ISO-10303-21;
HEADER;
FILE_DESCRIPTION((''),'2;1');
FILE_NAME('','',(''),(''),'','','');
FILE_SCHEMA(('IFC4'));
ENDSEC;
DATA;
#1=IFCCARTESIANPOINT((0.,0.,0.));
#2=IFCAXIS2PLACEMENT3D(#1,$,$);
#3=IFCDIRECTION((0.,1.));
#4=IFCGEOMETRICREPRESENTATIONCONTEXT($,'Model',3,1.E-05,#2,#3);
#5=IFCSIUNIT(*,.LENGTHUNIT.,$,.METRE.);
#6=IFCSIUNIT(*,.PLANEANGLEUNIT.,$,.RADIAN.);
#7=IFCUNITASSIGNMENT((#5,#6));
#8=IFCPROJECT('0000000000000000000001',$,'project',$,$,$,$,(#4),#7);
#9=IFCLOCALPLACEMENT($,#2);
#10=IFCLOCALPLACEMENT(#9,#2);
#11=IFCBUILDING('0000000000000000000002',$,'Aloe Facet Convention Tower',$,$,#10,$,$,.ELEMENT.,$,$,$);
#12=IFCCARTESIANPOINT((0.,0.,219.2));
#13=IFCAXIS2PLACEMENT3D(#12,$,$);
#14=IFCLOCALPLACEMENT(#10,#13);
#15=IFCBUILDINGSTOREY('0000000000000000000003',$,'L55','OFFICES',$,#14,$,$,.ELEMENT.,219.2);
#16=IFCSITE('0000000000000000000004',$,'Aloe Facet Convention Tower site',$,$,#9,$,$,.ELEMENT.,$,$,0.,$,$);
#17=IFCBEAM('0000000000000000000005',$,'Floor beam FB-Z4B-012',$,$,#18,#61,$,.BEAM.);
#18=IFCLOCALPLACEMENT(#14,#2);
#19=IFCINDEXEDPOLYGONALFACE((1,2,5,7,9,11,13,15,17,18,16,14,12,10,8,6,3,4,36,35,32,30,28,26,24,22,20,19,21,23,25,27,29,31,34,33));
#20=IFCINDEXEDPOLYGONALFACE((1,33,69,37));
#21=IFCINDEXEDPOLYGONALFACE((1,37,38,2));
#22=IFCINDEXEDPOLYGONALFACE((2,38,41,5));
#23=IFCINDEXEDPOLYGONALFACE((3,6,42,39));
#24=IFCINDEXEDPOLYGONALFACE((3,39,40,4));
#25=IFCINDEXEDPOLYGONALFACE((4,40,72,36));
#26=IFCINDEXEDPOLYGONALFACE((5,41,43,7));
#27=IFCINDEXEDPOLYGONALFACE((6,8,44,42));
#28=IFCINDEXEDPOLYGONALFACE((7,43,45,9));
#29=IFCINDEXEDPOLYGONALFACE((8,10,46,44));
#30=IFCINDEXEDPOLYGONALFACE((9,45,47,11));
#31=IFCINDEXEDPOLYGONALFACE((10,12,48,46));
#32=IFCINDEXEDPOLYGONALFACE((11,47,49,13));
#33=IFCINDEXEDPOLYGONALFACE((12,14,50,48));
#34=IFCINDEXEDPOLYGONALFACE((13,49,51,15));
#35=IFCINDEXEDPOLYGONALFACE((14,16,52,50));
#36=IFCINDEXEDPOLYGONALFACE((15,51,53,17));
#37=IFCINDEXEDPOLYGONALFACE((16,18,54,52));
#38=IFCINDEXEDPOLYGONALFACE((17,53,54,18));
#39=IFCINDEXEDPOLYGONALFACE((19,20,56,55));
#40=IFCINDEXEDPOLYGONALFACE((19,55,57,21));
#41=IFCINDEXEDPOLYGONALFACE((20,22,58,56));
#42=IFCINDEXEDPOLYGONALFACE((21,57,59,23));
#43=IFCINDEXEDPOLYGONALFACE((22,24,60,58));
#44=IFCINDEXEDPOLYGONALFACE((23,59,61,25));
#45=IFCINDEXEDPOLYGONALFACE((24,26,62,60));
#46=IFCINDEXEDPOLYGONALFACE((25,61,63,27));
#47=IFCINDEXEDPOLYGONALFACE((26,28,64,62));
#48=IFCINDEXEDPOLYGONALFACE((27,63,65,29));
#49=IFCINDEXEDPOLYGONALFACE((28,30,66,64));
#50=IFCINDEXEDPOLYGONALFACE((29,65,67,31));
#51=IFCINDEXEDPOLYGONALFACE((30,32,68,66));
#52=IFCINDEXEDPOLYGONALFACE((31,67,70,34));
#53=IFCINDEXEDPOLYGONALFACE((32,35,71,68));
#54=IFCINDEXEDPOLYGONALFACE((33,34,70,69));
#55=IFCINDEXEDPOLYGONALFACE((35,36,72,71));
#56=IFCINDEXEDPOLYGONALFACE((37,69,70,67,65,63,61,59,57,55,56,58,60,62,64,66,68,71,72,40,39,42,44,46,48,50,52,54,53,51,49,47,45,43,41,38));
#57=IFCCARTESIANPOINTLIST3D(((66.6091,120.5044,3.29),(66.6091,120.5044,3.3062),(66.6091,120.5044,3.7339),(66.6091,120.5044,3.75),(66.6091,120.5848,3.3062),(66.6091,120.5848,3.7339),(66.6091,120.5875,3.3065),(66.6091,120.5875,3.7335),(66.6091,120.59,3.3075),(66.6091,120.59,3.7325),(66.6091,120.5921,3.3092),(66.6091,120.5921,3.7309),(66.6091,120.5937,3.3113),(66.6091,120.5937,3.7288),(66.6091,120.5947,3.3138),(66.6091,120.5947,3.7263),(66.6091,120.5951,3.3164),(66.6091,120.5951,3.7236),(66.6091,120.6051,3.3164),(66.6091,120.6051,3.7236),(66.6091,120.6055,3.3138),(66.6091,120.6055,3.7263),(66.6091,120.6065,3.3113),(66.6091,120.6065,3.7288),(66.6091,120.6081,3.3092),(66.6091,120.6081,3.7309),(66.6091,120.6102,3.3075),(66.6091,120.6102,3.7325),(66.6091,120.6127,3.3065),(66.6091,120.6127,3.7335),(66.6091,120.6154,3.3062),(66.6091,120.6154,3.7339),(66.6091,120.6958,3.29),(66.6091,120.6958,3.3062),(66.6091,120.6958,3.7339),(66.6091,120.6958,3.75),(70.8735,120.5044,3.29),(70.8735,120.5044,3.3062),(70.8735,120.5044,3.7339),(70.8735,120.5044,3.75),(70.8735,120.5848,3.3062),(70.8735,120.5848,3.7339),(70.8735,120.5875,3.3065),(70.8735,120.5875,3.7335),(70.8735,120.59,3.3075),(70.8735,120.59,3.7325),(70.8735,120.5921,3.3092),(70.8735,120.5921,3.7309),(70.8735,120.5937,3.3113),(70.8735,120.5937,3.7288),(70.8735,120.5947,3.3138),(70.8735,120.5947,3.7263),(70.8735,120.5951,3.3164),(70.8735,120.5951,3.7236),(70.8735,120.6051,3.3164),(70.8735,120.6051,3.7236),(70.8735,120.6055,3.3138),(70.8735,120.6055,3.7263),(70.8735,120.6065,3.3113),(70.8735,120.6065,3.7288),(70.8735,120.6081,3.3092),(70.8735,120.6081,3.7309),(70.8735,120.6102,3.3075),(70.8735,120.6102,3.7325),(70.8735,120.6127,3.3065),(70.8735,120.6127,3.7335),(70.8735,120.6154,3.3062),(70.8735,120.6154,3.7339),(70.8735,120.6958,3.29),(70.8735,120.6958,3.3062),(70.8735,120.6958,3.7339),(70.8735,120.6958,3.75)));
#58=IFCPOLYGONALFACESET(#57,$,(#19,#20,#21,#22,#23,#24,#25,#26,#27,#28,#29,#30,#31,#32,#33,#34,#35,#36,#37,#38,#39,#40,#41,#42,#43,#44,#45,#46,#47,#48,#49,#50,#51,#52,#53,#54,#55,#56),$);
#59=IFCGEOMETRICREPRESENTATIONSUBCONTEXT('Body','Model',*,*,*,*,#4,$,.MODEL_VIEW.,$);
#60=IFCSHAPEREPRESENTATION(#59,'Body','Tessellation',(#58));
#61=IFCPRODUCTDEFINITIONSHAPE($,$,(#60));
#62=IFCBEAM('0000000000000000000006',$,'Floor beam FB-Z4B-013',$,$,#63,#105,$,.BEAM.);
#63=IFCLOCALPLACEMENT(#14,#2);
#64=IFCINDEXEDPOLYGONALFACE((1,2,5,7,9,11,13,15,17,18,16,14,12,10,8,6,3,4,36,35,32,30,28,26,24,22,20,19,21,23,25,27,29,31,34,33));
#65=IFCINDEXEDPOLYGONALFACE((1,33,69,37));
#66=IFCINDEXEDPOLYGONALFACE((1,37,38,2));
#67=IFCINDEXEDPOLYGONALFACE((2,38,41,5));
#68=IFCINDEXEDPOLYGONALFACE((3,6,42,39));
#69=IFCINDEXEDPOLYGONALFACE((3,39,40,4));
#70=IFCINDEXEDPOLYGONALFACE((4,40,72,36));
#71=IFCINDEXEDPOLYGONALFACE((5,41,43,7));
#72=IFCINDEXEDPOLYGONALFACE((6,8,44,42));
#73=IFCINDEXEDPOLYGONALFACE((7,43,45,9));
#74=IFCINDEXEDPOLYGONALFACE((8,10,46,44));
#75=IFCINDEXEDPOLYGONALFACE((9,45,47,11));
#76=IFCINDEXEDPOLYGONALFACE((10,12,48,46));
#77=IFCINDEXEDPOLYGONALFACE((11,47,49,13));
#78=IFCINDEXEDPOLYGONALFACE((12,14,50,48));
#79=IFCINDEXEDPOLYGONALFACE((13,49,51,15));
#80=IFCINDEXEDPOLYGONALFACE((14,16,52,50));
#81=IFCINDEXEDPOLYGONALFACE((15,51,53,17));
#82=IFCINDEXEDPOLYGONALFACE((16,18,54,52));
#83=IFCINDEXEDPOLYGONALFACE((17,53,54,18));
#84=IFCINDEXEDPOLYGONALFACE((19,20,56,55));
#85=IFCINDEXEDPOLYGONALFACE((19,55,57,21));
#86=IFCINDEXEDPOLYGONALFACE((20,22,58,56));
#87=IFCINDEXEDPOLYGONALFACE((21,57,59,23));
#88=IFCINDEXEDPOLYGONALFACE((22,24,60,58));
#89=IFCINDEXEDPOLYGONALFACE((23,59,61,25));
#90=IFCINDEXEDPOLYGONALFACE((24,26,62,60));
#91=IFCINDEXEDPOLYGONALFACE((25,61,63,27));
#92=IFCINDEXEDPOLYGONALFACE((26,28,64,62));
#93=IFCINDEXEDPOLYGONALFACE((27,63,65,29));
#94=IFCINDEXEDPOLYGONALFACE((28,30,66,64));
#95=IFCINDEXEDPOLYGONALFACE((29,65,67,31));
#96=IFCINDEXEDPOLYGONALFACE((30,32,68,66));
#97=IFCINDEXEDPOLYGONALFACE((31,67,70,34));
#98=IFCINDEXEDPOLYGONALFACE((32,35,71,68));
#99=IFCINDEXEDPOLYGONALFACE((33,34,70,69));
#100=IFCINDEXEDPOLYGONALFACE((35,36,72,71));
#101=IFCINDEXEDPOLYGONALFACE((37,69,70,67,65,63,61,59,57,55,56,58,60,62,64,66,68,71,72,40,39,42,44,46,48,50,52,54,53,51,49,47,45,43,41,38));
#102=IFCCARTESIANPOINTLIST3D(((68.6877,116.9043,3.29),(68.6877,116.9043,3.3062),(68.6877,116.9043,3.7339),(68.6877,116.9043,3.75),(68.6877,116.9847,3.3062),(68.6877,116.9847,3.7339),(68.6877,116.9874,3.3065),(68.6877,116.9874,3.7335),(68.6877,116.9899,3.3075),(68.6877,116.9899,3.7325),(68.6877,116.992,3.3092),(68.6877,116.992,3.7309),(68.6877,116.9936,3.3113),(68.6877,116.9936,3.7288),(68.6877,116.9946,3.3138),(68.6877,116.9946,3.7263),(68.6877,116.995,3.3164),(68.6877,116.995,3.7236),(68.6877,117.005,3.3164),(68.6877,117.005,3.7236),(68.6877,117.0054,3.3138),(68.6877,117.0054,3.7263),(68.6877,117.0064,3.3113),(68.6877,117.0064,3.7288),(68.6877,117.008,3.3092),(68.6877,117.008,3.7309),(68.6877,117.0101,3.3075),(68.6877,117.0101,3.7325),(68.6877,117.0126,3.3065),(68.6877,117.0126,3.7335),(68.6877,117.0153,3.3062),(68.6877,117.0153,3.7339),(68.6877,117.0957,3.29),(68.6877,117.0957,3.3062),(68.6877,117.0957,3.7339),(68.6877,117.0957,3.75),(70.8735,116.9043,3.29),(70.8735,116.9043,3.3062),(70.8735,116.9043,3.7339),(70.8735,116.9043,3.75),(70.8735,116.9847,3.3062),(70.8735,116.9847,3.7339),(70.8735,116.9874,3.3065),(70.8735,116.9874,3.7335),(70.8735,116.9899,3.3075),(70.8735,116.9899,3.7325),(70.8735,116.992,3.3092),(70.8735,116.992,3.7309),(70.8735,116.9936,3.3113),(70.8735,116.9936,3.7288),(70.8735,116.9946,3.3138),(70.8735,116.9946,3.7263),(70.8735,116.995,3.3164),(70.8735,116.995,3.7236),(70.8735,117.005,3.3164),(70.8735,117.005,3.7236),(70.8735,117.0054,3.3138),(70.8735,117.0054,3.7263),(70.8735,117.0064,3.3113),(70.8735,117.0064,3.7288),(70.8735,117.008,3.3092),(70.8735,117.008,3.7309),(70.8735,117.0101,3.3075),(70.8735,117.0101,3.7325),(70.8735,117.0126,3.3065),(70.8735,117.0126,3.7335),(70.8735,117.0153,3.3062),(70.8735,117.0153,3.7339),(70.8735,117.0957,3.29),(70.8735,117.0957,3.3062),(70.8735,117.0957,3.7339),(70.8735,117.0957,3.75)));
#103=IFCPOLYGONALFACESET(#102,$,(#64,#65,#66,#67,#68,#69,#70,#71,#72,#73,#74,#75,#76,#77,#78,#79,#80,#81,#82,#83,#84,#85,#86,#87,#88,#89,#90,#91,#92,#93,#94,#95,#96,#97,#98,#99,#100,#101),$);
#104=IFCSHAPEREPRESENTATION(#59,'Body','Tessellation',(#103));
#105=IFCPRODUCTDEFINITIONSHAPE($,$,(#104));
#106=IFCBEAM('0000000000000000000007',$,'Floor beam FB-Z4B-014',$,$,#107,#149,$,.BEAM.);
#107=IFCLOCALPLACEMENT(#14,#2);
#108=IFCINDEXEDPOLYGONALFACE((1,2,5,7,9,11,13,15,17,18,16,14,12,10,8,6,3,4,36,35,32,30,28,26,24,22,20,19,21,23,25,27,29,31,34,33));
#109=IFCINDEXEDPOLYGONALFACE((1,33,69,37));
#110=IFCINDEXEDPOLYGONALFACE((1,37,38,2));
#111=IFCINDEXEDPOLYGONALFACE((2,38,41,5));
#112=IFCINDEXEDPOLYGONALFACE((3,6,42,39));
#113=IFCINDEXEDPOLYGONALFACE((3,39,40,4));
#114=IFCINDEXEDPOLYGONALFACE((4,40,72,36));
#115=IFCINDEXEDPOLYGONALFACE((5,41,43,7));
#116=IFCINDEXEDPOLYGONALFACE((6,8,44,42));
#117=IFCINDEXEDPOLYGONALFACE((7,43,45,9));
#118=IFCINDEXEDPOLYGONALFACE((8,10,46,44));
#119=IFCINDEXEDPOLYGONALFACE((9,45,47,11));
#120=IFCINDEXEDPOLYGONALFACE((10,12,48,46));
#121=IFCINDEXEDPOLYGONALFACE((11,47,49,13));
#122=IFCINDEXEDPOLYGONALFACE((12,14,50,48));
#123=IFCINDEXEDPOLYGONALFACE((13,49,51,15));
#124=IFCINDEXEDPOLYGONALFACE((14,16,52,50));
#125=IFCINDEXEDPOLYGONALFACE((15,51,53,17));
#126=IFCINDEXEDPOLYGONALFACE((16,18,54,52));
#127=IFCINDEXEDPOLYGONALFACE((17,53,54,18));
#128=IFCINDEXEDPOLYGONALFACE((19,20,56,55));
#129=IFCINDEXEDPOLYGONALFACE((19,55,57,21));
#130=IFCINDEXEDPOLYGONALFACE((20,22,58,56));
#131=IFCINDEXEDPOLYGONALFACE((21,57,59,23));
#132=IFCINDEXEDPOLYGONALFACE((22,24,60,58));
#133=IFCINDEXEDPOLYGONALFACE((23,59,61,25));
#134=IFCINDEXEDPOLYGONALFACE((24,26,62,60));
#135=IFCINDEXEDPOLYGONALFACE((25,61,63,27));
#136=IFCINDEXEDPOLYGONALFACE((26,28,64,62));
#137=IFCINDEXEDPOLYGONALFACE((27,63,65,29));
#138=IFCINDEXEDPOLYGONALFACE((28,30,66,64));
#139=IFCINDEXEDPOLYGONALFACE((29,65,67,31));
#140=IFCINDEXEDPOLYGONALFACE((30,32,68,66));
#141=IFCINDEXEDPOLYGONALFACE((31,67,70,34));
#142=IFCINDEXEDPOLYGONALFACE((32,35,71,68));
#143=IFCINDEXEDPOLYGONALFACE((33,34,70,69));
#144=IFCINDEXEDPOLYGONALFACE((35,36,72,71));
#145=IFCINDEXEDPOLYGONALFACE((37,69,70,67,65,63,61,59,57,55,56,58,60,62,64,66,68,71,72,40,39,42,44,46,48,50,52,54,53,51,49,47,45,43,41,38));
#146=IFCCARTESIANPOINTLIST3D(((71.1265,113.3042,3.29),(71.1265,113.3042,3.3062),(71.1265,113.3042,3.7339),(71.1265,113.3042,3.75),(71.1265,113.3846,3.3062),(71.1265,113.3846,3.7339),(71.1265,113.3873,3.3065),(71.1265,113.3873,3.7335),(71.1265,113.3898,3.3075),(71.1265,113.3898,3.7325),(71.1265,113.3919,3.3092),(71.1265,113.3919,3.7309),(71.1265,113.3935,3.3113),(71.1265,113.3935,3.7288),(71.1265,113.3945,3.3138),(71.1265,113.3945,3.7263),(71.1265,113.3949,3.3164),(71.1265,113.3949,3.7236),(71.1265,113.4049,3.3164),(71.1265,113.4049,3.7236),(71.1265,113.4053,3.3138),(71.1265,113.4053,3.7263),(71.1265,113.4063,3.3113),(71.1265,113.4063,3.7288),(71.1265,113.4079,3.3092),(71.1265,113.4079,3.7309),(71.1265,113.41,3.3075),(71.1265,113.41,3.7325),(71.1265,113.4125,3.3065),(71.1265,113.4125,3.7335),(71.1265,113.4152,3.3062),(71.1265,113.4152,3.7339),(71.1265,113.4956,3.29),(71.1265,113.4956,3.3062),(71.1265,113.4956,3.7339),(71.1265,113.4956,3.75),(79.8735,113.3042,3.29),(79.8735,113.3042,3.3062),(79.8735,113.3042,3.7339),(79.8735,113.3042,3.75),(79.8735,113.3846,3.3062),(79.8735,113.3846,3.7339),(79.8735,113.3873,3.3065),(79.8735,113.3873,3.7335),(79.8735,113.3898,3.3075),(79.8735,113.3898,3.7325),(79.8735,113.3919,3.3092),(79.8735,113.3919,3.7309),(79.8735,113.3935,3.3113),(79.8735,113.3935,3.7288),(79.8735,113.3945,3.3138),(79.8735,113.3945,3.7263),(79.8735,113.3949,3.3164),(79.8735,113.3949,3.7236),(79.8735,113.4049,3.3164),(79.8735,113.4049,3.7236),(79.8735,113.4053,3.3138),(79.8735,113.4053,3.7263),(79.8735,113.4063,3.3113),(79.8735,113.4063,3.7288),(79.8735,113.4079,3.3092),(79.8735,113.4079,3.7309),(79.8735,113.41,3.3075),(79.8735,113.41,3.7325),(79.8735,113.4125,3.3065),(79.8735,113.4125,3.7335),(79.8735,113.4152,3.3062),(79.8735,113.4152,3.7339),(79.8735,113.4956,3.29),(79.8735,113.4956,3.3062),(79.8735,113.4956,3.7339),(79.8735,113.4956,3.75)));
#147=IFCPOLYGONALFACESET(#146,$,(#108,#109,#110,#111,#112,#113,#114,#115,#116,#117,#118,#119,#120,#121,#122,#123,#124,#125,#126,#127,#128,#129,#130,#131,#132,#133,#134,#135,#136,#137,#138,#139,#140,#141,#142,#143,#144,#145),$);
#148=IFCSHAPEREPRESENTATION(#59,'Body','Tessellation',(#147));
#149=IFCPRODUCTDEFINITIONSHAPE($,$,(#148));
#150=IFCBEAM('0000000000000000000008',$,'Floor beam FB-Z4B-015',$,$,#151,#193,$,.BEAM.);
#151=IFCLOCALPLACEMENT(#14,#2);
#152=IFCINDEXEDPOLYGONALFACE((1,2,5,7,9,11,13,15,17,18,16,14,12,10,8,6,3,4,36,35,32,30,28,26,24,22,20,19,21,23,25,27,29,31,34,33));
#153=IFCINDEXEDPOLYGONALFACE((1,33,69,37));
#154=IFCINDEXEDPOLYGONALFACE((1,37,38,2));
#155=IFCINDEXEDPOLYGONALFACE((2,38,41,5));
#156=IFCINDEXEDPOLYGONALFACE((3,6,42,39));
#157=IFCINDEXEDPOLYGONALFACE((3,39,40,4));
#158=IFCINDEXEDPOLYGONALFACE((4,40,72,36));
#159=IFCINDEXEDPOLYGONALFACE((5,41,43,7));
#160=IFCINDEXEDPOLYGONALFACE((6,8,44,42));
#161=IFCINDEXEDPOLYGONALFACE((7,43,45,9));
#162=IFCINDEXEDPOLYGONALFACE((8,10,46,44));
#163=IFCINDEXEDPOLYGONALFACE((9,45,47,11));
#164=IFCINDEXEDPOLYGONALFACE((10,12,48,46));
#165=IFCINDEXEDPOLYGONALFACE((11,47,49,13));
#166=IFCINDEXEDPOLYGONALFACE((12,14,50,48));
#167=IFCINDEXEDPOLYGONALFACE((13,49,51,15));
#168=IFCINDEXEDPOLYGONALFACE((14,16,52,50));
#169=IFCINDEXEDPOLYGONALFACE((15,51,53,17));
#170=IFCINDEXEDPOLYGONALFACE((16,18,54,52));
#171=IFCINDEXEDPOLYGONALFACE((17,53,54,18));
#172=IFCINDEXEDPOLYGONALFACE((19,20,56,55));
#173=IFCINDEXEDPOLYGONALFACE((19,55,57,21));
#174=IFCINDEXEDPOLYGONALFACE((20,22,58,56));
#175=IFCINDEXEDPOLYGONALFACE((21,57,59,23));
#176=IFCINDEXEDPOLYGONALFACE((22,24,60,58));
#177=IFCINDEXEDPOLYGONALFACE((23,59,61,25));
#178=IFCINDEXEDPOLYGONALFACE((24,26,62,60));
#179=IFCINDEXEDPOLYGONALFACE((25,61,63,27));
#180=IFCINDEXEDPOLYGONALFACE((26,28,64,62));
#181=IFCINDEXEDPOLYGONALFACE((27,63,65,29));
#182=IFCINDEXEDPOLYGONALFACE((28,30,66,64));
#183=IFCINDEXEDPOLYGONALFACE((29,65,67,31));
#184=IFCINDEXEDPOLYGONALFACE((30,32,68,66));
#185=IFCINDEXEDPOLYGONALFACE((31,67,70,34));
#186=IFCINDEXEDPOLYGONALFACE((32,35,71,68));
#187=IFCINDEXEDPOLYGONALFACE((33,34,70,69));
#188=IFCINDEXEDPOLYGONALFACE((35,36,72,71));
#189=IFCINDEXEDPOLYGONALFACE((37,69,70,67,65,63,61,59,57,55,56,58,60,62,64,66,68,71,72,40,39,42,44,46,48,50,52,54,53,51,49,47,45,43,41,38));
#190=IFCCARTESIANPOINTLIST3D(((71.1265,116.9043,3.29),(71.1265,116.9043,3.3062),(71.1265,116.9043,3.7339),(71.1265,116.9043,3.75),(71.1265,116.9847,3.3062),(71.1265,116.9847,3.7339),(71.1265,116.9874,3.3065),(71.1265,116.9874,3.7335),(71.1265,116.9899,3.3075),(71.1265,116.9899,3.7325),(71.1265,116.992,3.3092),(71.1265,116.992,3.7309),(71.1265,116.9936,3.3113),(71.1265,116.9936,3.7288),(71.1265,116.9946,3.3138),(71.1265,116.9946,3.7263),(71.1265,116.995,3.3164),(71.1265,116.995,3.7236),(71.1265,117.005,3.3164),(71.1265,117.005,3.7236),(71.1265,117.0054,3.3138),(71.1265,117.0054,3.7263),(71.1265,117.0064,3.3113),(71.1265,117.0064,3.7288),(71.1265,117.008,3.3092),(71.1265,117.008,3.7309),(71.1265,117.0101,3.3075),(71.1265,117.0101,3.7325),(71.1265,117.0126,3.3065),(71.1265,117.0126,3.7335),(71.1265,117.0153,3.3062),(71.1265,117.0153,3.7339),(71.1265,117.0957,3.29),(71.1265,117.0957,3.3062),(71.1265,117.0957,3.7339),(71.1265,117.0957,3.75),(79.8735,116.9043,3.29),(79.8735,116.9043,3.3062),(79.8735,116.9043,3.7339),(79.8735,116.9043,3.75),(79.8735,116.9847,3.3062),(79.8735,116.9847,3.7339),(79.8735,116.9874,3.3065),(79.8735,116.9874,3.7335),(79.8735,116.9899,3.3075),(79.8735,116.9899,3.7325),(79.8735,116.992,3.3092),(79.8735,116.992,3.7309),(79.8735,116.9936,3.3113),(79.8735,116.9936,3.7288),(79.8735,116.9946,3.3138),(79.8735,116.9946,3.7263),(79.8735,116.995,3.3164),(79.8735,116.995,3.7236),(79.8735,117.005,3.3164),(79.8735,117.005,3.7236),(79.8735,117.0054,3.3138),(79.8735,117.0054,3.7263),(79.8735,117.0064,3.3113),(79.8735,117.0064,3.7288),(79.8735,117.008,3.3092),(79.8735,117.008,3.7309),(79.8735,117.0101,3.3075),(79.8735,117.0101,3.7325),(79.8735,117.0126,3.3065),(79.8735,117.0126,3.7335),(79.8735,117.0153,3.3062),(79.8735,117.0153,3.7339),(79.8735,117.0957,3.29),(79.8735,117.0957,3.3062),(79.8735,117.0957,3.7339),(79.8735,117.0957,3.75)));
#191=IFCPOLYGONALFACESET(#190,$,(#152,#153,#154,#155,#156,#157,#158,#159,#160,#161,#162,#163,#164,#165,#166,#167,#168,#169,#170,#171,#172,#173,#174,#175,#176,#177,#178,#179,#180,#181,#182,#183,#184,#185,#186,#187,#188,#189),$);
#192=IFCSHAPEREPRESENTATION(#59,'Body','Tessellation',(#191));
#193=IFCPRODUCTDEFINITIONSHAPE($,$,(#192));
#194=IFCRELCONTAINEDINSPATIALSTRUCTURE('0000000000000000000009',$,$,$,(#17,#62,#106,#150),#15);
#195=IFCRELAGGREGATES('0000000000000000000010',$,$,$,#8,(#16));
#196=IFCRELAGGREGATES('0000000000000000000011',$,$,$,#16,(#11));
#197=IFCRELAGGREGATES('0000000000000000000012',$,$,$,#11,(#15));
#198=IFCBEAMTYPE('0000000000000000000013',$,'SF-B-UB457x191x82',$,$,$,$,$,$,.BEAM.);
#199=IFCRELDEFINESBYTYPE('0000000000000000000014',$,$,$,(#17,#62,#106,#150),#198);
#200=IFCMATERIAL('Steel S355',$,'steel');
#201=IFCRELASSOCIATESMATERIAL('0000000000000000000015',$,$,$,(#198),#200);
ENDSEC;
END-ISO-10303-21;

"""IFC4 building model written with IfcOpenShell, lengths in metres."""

from ifc_helpers import new_model, si_unit, direction, frame, origin, origin_2d, place, context, subcontext, project, spatial, i_section, extrude, material, material_profile, profile_set, type_object, element, save


model = new_model("IFC4")

# Units and contexts
model_context = context("Model", 3, precision=1e-05, world=origin(), true_north=direction((0.0, 1.0)))
body_context = subcontext(model_context, "Body", "Model", "MODEL_VIEW")
ifc_project = project(units=[si_unit("LENGTHUNIT", "METRE"), si_unit("PLANEANGLEUNIT", "RADIAN")], contexts=[model_context])

# Site, building, storey
site_placement = place(None, origin())
site = spatial("IfcSite", under=ifc_project, at=site_placement, Name="Aloe Facet Convention Tower site", CompositionType="ELEMENT", RefElevation=0.0)
building_placement = place(site_placement, origin())
building = spatial("IfcBuilding", under=site, at=building_placement, Name="Aloe Facet Convention Tower", CompositionType="ELEMENT")
storey_placement = place(building_placement, frame((0.0, 0.0, 219.2)))
storey = spatial("IfcBuildingStorey", under=building, at=storey_placement, Name="L55", Description="OFFICES", CompositionType="ELEMENT", Elevation=219.2)

# Beams
ifc_material_1 = material(Name="Steel S355", Category="steel")
ifc_material_profile_1 = material_profile(ifc_material_1, i_section(OverallWidth=0.1914, OverallDepth=0.46, WebThickness=0.01, FlangeThickness=0.0161, FilletRadius=0.0103, at=origin_2d()), Name="UB 457x191x82")
ifc_profile_set_1 = profile_set([ifc_material_profile_1], Name="Steel S355")
beam_type = type_object("IfcBeamType", Name="SF-B-UB457x191x82", PredefinedType="BEAM", material=ifc_profile_set_1)
beam_1_placement = place(storey_placement, frame((66.6091, 120.6001, 3.52), z_axis=(1.0, 0.0, 0.0), x_axis=(0.0, 1.0, 0.0)))
element("IfcBeam", 1, at=beam_1_placement, inside=storey, type_object=beam_type, Name="Floor beam FB-Z4B-012", PredefinedType="BEAM", context=body_context, shape_type="SweptSolid", body=[
    extrude(i_section(OverallWidth=0.1914, OverallDepth=0.46, WebThickness=0.01, FlangeThickness=0.0161, FilletRadius=0.0103, at=origin_2d()), origin(), (0.0, 0.0, 1.0), 4.2644),
])
beam_2_placement = place(storey_placement, frame((68.6877, 117.0, 3.52), z_axis=(1.0, 0.0, 0.0), x_axis=(0.0, 1.0, 0.0)))
element("IfcBeam", 2, at=beam_2_placement, inside=storey, type_object=beam_type, Name="Floor beam FB-Z4B-013", PredefinedType="BEAM", context=body_context, shape_type="SweptSolid", body=[
    extrude(i_section(OverallWidth=0.1914, OverallDepth=0.46, WebThickness=0.01, FlangeThickness=0.0161, FilletRadius=0.0103, at=origin_2d()), origin(), (0.0, 0.0, 1.0), 2.1858),
])
for number, where, z_axis, x_axis, name in (
    (3, (71.1265, 113.3999, 3.52), (1.0, 0.0, 0.0), (0.0, 1.0, 0.0), "Floor beam FB-Z4B-014"),
    (4, (71.1265, 117.0, 3.52), (1.0, 0.0, 0.0), (0.0, 1.0, 0.0), "Floor beam FB-Z4B-015"),
):
    element("IfcBeam", number, at=place(storey_placement, frame(where, z_axis=z_axis, x_axis=x_axis)), inside=storey, type_object=beam_type, Name=name, PredefinedType="BEAM", context=body_context, shape_type="SweptSolid", body=[
        extrude(i_section(OverallWidth=0.1914, OverallDepth=0.46, WebThickness=0.01, FlangeThickness=0.0161, FilletRadius=0.0103, at=origin_2d()), origin(), (0.0, 0.0, 1.0), 8.7471),
    ])

save(model, "model.ifc")
